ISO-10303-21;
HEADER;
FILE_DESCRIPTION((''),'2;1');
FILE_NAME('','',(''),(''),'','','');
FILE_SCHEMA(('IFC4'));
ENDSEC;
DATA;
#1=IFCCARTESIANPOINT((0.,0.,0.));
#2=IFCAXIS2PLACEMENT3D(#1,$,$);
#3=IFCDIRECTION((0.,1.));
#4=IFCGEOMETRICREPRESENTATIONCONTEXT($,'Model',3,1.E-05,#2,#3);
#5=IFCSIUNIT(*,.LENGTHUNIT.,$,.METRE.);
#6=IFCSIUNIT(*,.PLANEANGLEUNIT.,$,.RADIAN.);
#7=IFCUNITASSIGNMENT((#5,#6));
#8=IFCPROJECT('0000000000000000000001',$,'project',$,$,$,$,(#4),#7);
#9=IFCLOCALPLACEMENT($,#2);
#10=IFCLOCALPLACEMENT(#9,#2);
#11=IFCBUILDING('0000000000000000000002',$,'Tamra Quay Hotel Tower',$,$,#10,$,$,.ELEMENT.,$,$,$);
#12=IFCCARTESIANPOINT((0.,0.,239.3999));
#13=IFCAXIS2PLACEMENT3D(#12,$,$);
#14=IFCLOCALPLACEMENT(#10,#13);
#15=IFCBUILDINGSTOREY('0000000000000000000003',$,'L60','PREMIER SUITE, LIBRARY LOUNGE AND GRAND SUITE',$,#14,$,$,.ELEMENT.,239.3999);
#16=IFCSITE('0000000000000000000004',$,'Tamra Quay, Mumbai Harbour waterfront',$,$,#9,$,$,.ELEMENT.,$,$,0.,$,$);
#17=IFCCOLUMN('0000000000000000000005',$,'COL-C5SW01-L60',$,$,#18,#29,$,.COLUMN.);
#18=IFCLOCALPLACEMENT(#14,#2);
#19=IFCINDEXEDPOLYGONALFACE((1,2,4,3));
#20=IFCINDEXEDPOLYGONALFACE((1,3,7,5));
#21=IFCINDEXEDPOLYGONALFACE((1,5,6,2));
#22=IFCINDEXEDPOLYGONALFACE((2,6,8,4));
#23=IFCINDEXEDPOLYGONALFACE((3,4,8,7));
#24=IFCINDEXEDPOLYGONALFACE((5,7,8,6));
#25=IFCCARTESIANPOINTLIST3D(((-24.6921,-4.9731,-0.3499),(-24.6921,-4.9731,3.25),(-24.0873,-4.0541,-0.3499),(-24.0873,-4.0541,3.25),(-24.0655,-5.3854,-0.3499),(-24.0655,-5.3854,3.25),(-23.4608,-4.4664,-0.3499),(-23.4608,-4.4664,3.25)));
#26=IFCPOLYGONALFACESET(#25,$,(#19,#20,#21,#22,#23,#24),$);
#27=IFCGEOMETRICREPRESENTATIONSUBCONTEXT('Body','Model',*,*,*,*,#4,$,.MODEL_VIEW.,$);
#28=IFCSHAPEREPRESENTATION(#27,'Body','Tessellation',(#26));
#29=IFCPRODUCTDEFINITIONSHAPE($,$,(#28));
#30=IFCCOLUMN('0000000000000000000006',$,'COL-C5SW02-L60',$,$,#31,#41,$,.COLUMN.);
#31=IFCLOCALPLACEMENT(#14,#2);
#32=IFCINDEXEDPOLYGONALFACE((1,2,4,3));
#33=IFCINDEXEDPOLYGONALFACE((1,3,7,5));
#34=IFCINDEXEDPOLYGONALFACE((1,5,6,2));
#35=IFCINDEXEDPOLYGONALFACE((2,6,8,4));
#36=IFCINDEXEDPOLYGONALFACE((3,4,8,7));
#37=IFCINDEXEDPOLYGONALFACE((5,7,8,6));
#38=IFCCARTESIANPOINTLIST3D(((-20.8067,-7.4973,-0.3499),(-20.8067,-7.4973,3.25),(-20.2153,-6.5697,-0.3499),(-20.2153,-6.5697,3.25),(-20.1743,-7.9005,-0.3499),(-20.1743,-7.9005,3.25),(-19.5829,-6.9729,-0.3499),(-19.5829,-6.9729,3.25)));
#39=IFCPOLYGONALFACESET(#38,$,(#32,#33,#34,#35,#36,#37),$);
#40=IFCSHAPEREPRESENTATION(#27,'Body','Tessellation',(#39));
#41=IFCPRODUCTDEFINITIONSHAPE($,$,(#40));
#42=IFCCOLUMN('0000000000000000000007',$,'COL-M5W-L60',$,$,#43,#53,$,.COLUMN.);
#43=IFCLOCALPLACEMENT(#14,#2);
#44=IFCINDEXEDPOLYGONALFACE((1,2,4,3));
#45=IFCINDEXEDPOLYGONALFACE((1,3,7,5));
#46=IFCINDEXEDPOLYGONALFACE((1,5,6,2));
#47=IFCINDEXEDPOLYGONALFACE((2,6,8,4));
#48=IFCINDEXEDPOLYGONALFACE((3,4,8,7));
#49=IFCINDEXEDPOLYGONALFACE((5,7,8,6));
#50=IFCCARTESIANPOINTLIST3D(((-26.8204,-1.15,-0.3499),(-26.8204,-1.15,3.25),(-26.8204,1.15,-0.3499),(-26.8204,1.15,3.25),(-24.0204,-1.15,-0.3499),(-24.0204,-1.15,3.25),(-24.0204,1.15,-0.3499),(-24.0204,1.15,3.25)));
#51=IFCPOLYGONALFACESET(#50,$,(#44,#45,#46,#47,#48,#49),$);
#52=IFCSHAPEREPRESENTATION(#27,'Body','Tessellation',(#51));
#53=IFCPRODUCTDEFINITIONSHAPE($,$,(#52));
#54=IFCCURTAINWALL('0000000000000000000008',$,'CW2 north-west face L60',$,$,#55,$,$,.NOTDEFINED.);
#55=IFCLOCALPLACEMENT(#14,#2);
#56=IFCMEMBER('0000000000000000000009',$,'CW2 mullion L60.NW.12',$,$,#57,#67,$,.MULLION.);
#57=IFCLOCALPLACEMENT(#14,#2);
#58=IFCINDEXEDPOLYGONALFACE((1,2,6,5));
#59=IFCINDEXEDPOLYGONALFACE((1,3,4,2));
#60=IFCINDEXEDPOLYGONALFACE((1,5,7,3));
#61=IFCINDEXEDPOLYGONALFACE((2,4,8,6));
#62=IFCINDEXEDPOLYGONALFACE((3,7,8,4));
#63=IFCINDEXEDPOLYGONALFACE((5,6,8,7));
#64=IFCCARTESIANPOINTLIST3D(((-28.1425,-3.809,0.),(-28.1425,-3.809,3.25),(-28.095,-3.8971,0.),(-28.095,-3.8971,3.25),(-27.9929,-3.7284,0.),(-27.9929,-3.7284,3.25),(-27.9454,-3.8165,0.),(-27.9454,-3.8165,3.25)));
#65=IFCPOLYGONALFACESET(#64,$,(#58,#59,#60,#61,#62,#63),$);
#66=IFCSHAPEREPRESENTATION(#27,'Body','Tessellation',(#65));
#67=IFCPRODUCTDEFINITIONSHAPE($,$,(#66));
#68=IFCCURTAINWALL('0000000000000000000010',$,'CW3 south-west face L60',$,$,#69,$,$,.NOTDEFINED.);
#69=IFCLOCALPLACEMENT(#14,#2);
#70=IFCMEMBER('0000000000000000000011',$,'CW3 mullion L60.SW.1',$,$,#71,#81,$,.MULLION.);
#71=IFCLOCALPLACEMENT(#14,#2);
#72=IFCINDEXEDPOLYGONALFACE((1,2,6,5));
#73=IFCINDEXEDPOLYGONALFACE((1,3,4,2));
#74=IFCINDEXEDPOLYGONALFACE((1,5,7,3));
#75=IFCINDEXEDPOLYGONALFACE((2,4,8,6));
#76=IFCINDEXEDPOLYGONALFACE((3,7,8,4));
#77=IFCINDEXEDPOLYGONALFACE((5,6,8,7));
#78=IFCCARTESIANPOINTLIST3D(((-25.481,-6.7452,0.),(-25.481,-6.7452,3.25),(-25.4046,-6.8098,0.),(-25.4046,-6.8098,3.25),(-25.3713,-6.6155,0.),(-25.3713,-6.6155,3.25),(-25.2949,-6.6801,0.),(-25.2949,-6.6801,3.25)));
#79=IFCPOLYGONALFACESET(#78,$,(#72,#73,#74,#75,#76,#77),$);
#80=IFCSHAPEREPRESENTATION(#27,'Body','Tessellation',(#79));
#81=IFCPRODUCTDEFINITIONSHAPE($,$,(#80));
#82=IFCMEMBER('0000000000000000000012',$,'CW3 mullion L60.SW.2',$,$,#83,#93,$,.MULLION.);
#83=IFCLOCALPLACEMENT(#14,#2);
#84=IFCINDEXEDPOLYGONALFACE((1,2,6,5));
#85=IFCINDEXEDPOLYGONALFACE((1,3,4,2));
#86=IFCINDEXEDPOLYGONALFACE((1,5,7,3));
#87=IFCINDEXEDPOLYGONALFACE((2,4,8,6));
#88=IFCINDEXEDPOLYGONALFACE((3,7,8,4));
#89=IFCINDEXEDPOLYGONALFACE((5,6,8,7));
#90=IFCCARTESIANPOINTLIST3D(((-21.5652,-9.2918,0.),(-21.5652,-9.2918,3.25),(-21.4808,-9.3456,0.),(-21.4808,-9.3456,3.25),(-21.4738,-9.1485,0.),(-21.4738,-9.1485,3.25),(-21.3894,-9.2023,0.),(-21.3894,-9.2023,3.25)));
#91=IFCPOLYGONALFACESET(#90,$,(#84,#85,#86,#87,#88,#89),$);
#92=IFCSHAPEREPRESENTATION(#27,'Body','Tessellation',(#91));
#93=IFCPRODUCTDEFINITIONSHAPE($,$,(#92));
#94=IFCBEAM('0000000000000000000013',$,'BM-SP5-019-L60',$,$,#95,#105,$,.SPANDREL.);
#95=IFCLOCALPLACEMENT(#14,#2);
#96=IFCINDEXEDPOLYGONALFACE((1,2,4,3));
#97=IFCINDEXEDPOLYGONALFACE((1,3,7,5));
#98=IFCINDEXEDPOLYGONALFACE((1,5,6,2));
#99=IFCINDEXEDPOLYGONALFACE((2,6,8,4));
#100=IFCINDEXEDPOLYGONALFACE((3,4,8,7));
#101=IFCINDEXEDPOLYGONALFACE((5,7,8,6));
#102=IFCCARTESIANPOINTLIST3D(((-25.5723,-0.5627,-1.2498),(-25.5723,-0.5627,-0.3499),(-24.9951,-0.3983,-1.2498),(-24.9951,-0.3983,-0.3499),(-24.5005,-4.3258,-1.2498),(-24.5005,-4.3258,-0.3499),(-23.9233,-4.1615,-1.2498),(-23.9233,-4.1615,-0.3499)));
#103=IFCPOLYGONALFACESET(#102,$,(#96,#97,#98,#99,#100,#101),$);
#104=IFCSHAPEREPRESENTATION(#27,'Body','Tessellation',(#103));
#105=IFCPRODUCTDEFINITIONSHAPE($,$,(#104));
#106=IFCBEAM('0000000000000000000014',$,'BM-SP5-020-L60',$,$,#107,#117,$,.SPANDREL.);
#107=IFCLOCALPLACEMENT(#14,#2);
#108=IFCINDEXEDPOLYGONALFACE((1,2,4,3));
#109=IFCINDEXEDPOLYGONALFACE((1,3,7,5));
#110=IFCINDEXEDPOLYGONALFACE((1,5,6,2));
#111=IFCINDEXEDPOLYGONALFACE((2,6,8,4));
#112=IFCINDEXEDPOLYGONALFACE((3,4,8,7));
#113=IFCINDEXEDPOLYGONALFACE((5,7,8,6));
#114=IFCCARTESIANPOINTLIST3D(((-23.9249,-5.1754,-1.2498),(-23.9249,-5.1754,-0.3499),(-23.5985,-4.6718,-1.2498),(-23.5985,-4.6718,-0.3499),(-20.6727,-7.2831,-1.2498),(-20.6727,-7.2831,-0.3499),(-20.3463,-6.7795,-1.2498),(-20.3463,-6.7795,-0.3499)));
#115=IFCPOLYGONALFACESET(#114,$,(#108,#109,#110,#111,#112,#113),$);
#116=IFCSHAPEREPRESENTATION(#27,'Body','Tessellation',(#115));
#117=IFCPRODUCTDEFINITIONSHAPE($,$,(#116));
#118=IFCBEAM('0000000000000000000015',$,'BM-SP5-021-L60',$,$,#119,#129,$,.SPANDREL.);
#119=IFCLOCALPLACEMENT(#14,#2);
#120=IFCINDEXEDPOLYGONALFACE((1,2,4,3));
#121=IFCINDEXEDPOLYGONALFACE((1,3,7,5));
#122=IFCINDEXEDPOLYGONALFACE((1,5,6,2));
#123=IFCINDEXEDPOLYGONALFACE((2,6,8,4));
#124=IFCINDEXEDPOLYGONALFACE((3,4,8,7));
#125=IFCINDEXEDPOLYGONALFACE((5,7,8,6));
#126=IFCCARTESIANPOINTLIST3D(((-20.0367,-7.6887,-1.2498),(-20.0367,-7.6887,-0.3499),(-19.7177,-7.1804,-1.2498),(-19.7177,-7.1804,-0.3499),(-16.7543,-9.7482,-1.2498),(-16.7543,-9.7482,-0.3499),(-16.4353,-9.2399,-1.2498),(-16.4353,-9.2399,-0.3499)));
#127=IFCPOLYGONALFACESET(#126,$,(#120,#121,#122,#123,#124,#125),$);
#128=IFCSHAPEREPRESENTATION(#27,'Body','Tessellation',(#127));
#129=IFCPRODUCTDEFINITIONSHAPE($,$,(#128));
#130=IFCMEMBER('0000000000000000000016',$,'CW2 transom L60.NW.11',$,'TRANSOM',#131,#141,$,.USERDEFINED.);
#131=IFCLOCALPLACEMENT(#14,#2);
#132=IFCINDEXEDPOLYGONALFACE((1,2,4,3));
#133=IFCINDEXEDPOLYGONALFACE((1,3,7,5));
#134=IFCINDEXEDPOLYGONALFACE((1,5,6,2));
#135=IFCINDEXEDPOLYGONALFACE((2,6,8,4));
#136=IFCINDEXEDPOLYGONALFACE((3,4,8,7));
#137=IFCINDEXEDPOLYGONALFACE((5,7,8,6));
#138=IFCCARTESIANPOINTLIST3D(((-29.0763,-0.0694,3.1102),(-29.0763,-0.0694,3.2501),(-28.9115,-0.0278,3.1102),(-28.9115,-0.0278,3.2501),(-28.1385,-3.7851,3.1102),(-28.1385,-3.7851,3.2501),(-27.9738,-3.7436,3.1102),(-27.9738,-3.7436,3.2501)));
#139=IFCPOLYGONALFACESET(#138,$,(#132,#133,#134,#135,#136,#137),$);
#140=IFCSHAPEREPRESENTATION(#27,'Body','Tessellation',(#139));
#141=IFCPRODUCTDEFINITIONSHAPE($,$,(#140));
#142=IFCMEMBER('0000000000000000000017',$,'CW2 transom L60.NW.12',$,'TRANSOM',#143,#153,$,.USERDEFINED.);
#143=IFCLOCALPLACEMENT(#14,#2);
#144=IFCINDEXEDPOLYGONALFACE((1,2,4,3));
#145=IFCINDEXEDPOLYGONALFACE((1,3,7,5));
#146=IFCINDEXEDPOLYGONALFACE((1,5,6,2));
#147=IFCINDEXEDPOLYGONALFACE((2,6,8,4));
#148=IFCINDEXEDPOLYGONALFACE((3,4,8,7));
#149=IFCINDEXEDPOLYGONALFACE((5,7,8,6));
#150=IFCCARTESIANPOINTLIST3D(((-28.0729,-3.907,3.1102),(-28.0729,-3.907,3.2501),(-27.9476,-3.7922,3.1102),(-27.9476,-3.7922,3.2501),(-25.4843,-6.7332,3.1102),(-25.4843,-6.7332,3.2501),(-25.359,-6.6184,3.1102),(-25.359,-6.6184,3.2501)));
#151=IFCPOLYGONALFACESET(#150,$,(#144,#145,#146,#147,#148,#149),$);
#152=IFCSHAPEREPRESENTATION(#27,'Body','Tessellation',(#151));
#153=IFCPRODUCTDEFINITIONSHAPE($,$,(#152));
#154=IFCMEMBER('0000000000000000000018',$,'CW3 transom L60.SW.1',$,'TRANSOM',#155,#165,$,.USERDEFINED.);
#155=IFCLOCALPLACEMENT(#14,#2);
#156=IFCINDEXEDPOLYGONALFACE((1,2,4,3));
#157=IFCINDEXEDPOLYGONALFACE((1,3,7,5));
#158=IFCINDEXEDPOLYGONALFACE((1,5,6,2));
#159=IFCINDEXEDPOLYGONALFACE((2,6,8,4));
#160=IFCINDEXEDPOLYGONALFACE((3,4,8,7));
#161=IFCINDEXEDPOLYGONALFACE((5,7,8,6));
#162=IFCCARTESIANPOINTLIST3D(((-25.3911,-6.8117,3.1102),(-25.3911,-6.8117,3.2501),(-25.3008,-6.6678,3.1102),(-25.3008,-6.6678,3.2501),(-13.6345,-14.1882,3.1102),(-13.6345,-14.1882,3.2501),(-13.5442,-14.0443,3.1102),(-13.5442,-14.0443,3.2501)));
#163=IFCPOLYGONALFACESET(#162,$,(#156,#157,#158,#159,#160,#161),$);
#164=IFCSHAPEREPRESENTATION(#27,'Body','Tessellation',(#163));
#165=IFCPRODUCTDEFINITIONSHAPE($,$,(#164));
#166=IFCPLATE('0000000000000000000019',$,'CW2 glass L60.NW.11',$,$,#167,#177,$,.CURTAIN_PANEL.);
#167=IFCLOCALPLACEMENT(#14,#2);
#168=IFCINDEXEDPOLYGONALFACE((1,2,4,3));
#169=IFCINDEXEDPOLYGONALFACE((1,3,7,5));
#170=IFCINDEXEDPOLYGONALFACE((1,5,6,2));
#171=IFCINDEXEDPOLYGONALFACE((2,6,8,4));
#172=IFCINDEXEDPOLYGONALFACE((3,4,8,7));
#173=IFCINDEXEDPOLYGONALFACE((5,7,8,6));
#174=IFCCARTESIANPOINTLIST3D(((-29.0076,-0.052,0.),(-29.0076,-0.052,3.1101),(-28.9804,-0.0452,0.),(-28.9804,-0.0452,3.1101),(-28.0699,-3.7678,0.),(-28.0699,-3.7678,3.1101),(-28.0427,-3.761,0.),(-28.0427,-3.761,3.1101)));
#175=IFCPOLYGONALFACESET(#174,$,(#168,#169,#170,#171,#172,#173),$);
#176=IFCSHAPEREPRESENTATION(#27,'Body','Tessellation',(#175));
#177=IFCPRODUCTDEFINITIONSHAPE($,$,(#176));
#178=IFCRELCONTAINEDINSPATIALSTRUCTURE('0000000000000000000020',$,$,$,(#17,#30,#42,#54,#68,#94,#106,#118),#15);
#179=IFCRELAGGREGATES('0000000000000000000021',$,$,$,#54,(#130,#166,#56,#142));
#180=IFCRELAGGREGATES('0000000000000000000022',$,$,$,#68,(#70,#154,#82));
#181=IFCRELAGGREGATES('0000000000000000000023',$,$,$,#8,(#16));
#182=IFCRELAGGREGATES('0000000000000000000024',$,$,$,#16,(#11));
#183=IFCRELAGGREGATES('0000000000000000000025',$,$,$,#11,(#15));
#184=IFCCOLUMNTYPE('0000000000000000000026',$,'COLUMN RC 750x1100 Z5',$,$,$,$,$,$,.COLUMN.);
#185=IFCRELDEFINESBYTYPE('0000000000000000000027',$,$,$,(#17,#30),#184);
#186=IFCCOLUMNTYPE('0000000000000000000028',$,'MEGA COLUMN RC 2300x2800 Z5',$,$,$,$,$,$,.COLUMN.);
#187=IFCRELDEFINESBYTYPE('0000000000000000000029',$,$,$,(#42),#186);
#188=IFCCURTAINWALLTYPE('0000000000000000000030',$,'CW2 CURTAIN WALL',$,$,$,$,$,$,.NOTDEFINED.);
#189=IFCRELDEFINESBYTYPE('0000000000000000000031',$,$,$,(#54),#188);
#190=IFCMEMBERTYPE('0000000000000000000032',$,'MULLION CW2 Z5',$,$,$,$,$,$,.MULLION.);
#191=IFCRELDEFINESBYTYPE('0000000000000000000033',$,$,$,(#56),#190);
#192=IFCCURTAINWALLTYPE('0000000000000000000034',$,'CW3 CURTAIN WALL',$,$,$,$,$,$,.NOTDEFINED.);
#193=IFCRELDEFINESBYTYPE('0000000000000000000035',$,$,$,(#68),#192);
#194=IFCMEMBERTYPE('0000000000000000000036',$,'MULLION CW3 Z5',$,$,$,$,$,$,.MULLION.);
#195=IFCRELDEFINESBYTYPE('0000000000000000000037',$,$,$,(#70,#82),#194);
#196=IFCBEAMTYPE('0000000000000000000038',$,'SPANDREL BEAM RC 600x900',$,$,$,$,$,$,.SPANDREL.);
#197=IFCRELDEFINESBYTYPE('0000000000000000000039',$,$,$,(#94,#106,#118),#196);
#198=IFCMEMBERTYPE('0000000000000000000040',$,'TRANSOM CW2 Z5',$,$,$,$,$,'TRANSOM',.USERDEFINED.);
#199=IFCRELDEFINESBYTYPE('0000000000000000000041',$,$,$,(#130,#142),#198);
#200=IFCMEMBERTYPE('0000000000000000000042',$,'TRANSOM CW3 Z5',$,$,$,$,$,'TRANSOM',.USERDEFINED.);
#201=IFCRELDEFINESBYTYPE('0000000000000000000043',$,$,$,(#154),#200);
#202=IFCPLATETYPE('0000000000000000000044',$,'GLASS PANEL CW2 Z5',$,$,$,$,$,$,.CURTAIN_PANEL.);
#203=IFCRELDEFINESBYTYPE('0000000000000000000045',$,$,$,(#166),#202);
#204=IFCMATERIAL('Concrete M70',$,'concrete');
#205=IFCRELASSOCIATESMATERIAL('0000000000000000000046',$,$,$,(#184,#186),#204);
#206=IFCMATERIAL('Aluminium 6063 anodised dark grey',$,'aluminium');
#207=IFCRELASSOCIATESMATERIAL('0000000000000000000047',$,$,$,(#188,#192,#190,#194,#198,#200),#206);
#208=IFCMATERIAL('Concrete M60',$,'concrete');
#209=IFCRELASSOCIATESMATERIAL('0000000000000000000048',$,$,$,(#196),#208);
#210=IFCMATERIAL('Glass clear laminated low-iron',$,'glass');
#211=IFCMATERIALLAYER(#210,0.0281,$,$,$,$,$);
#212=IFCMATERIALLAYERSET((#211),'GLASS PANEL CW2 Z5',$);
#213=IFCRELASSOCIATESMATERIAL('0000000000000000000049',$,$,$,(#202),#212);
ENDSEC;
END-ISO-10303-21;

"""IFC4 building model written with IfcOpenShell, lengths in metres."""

from ifc_helpers import new_model, si_unit, direction, frame, origin, origin_2d, place, context, subcontext, project, spatial, rectangle, extrude, material, layer, layer_set, material_profile, profile_set, type_object, element, aggregate, save


model = new_model("IFC4")

# Units and contexts
model_context = context("Model", 3, precision=1e-05, world=origin(), true_north=direction((0.0, 1.0)))
body_context = subcontext(model_context, "Body", "Model", "MODEL_VIEW")
ifc_project = project(units=[si_unit("LENGTHUNIT", "METRE"), si_unit("PLANEANGLEUNIT", "RADIAN")], contexts=[model_context])

# Site, building, storey
site_placement = place(None, origin())
site = spatial("IfcSite", under=ifc_project, at=site_placement, Name="Tamra Quay, Mumbai Harbour waterfront", CompositionType="ELEMENT", RefElevation=0.0)
building_placement = place(site_placement, origin())
building = spatial("IfcBuilding", under=site, at=building_placement, Name="Tamra Quay Hotel Tower", CompositionType="ELEMENT")
storey_placement = place(building_placement, frame((0.0, 0.0, 239.3999)))
storey = spatial("IfcBuildingStorey", under=building, at=storey_placement, Name="L60", Description="PREMIER SUITE, LIBRARY LOUNGE AND GRAND SUITE", CompositionType="ELEMENT", Elevation=239.3999)

# Columns
ifc_material_1 = material(Name="Concrete M70", Category="concrete")
ifc_material_profile_1 = material_profile(ifc_material_1, rectangle(XDim=1.1001, YDim=0.75, at=origin_2d()), Name="COLUMN RC 750x1100 Z5")
ifc_profile_set_1 = profile_set([ifc_material_profile_1], Name="Concrete M70")
column_type_1 = type_object("IfcColumnType", Name="COLUMN RC 750x1100 Z5", PredefinedType="COLUMN", material=ifc_profile_set_1)
for number, where, z_axis, x_axis, name in (
    (1, (-24.0764, -4.7197, -0.3499), (0.0, 0.0, 1.0), (0.549739, 0.835337, 0.0), "COL-C5SW01-L60"),
    (2, (-20.1948, -7.2351, -0.3499), (0.0, 0.0, 1.0), (0.537585, 0.843209, 0.0), "COL-C5SW02-L60"),
):
    element("IfcColumn", number, at=place(storey_placement, frame(where, z_axis=z_axis, x_axis=x_axis)), inside=storey, type_object=column_type_1, Name=name, PredefinedType="COLUMN", context=body_context, shape_type="SweptSolid", body=[
        extrude(rectangle(XDim=1.1001, YDim=0.75, at=origin_2d()), origin(), (0.0, 0.0, 1.0), 3.5999),
    ])
ifc_material_profile_2 = material_profile(ifc_material_1, rectangle(XDim=2.8, YDim=2.3, at=origin_2d()), Name="MEGA COLUMN RC 2300x2800 Z5")
ifc_profile_set_2 = profile_set([ifc_material_profile_2], Name="Concrete M70")
column_type_2 = type_object("IfcColumnType", Name="MEGA COLUMN RC 2300x2800 Z5", PredefinedType="COLUMN", material=ifc_profile_set_2)
column_placement = place(storey_placement, frame((-25.4204, 0.0, -0.3499), z_axis=(0.0, 0.0, 1.0), x_axis=(1.0, 0.0, 0.0)))
element("IfcColumn", 3, at=column_placement, inside=storey, type_object=column_type_2, Name="COL-M5W-L60", PredefinedType="COLUMN", context=body_context, shape_type="SweptSolid", body=[
    extrude(rectangle(XDim=2.8, YDim=2.3, at=origin_2d()), origin(), (0.0, 0.0, 1.0), 3.5999),
])

# Curtain wall, member
ifc_material_2 = material(Name="Aluminium 6063 anodised dark grey", Category="aluminium")
curtain_wall_type_1 = type_object("IfcCurtainWallType", Name="CW2 CURTAIN WALL", PredefinedType="NOTDEFINED", material=ifc_material_2)
curtain_wall_1_placement = place(storey_placement, origin())
curtain_wall_1 = element("IfcCurtainWall", 4, at=curtain_wall_1_placement, inside=storey, type_object=curtain_wall_type_1, Name="CW2 north-west face L60", PredefinedType="NOTDEFINED")
ifc_material_profile_3 = material_profile(ifc_material_2, rectangle(XDim=0.1699, YDim=0.1001, at=origin_2d()), Name="MULLION 100X170")
ifc_profile_set_3 = profile_set([ifc_material_profile_3], Name="Aluminium 6063 anodised dark grey")
member_type_1 = type_object("IfcMemberType", Name="MULLION CW2 Z5", PredefinedType="MULLION", material=ifc_profile_set_3)
member_1_placement = place(storey_placement, frame((-28.0439, -3.8127, 0.0), z_axis=(0.0, 0.0, 1.0), x_axis=(-0.880267, -0.474479, 0.0)))
member_1 = element("IfcMember", 5, at=member_1_placement, type_object=member_type_1, Name="CW2 mullion L60.NW.12", PredefinedType="MULLION", context=body_context, shape_type="SweptSolid", body=[
    extrude(rectangle(XDim=0.1699, YDim=0.1001, at=origin_2d()), origin(), (0.0, 0.0, 1.0), 3.25),
])

# Curtain wall, members
curtain_wall_type_2 = type_object("IfcCurtainWallType", Name="CW3 CURTAIN WALL", PredefinedType="NOTDEFINED", material=ifc_material_2)
curtain_wall_2_placement = place(storey_placement, origin())
curtain_wall_2 = element("IfcCurtainWall", 6, at=curtain_wall_2_placement, inside=storey, type_object=curtain_wall_type_2, Name="CW3 south-west face L60", PredefinedType="NOTDEFINED")
ifc_material_profile_4 = material_profile(ifc_material_2, rectangle(XDim=0.1699, YDim=0.1001, at=origin_2d()), Name="MULLION 100X170")
ifc_profile_set_4 = profile_set([ifc_material_profile_4], Name="Aluminium 6063 anodised dark grey")
member_type_2 = type_object("IfcMemberType", Name="MULLION CW3 Z5", PredefinedType="MULLION", material=ifc_profile_set_4)
member_2_placement = place(storey_placement, frame((-25.3879, -6.7126, 0.0), z_axis=(0.0, 0.0, 1.0), x_axis=(-0.645846, -0.763467, 0.0)))
member_2 = element("IfcMember", 7, at=member_2_placement, type_object=member_type_2, Name="CW3 mullion L60.SW.1", PredefinedType="MULLION", context=body_context, shape_type="SweptSolid", body=[
    extrude(rectangle(XDim=0.1699, YDim=0.1001, at=origin_2d()), origin(), (0.0, 0.0, 1.0), 3.25),
])
member_3_placement = place(storey_placement, frame((-21.4773, -9.2471, 0.0), z_axis=(0.0, 0.0, 1.0), x_axis=(-0.537684, -0.843147, 0.0)))
member_3 = element("IfcMember", 8, at=member_3_placement, type_object=member_type_2, Name="CW3 mullion L60.SW.2", PredefinedType="MULLION", context=body_context, shape_type="SweptSolid", body=[
    extrude(rectangle(XDim=0.1699, YDim=0.1001, at=origin_2d()), origin(), (0.0, 0.0, 1.0), 3.25),
])

# Beams
ifc_material_3 = material(Name="Concrete M60", Category="concrete")
ifc_material_profile_5 = material_profile(ifc_material_3, rectangle(XDim=0.6001, YDim=0.8999, at=origin_2d()), Name="SPANDREL BEAM RC 600x900")
ifc_profile_set_5 = profile_set([ifc_material_profile_5], Name="Concrete M60")
beam_type = type_object("IfcBeamType", Name="SPANDREL BEAM RC 600x900", PredefinedType="SPANDREL", material=ifc_profile_set_5)
beam_1_placement = place(storey_placement, frame((-25.2837, -0.4805, -0.7998), z_axis=(0.273913, -0.961754, 0.0), x_axis=(0.961754, 0.273913, 0.0)))
element("IfcBeam", 9, at=beam_1_placement, inside=storey, type_object=beam_type, Name="BM-SP5-019-L60", PredefinedType="SPANDREL", context=body_context, shape_type="SweptSolid", body=[
    extrude(rectangle(XDim=0.6001, YDim=0.8999, at=origin_2d()), origin(), (0.0, 0.0, 1.0), 3.9128),
])
beam_2_placement = place(storey_placement, frame((-23.7617, -4.9236, -0.7998), z_axis=(0.839181, -0.543852, 0.0), x_axis=(0.543852, 0.839181, 0.0)))
element("IfcBeam", 10, at=beam_2_placement, inside=storey, type_object=beam_type, Name="BM-SP5-020-L60", PredefinedType="SPANDREL", context=body_context, shape_type="SweptSolid", body=[
    extrude(rectangle(XDim=0.6001, YDim=0.8999, at=origin_2d()), origin(), (0.0, 0.0, 1.0), 3.8755),
])
beam_3_placement = place(storey_placement, frame((-19.8772, -7.4346, -0.7998), z_axis=(0.847066, -0.531488, 0.0), x_axis=(0.531488, 0.847066, 0.0)))
element("IfcBeam", 11, at=beam_3_placement, inside=storey, type_object=beam_type, Name="BM-SP5-021-L60", PredefinedType="SPANDREL", context=body_context, shape_type="SweptSolid", body=[
    extrude(rectangle(XDim=0.6001, YDim=0.8999, at=origin_2d()), origin(), (0.0, 0.0, 1.0), 3.875),
])

# Members
ifc_material_profile_6 = material_profile(ifc_material_2, rectangle(XDim=0.1699, YDim=0.1399, at=origin_2d()), Name="TRANSOM 170X140")
ifc_profile_set_6 = profile_set([ifc_material_profile_6], Name="Aluminium 6063 anodised dark grey")
member_type_3 = type_object("IfcMemberType", Name="TRANSOM CW2 Z5", ElementType="TRANSOM", PredefinedType="USERDEFINED", material=ifc_profile_set_6)
member_4_placement = place(storey_placement, frame((-28.9939, -0.0486, 3.1802), z_axis=(0.244694, -0.9696, 0.0), x_axis=(0.9696, 0.244694, 0.0)))
member_4 = element("IfcMember", 12, at=member_4_placement, type_object=member_type_3, Name="CW2 transom L60.NW.11", ObjectType="TRANSOM", PredefinedType="USERDEFINED", context=body_context, shape_type="SweptSolid", body=[
    extrude(rectangle(XDim=0.1699, YDim=0.1399, at=origin_2d()), origin(), (0.0, 0.0, 1.0), 3.8323),
])
member_5_placement = place(storey_placement, frame((-28.0103, -3.8496, 3.1802), z_axis=(0.675436, -0.737419, 0.0), x_axis=(0.737419, 0.675436, 0.0)))
member_5 = element("IfcMember", 13, at=member_5_placement, type_object=member_type_3, Name="CW2 transom L60.NW.12", ObjectType="TRANSOM", PredefinedType="USERDEFINED", context=body_context, shape_type="SweptSolid", body=[
    extrude(rectangle(XDim=0.1699, YDim=0.1399, at=origin_2d()), origin(), (0.0, 0.0, 1.0), 3.8325),
])
ifc_material_profile_7 = material_profile(ifc_material_2, rectangle(XDim=0.1699, YDim=0.1399, at=origin_2d()), Name="TRANSOM 170X140")
ifc_profile_set_7 = profile_set([ifc_material_profile_7], Name="Aluminium 6063 anodised dark grey")
member_type_4 = type_object("IfcMemberType", Name="TRANSOM CW3 Z5", ElementType="TRANSOM", PredefinedType="USERDEFINED", material=ifc_profile_set_7)
member_6_placement = place(storey_placement, frame((-25.3459, -6.7397, 3.1802), z_axis=(0.847071, -0.53148, 0.0), x_axis=(0.53148, 0.847071, 0.0)))
member_6 = element("IfcMember", 14, at=member_6_placement, type_object=member_type_4, Name="CW3 transom L60.SW.1", ObjectType="TRANSOM", PredefinedType="USERDEFINED", context=body_context, shape_type="SweptSolid", body=[
    extrude(rectangle(XDim=0.1699, YDim=0.1399, at=origin_2d()), origin(), (0.0, 0.0, 1.0), 13.8792),
])

# Plate
ifc_material_4 = material(Name="Glass clear laminated low-iron", Category="glass")
ifc_layer_1 = layer(ifc_material_4, 0.0281)
ifc_layer_set_1 = layer_set([ifc_layer_1], Name="GLASS PANEL CW2 Z5")
plate_type_1 = type_object("IfcPlateType", Name="GLASS PANEL CW2 Z5", PredefinedType="CURTAIN_PANEL", material=ifc_layer_set_1)
plate_1_placement = place(storey_placement, frame((-28.5251, -1.9065, 0.0), z_axis=(0.0, 0.0, 1.0), x_axis=(0.244677, -0.969605, 0.0)))
plate_1 = element("IfcPlate", 15, at=plate_1_placement, type_object=plate_type_1, Name="CW2 glass L60.NW.11", PredefinedType="CURTAIN_PANEL", context=body_context, shape_type="SweptSolid", body=[
    extrude(rectangle(XDim=3.8323, YDim=0.0281, at=origin_2d()), origin(), (0.0, 0.0, 1.0), 3.1101),
])
aggregate(curtain_wall_1, [member_4, plate_1, member_1, member_5])
aggregate(curtain_wall_2, [member_2, member_6, member_3])

save(model, "model.ifc")
